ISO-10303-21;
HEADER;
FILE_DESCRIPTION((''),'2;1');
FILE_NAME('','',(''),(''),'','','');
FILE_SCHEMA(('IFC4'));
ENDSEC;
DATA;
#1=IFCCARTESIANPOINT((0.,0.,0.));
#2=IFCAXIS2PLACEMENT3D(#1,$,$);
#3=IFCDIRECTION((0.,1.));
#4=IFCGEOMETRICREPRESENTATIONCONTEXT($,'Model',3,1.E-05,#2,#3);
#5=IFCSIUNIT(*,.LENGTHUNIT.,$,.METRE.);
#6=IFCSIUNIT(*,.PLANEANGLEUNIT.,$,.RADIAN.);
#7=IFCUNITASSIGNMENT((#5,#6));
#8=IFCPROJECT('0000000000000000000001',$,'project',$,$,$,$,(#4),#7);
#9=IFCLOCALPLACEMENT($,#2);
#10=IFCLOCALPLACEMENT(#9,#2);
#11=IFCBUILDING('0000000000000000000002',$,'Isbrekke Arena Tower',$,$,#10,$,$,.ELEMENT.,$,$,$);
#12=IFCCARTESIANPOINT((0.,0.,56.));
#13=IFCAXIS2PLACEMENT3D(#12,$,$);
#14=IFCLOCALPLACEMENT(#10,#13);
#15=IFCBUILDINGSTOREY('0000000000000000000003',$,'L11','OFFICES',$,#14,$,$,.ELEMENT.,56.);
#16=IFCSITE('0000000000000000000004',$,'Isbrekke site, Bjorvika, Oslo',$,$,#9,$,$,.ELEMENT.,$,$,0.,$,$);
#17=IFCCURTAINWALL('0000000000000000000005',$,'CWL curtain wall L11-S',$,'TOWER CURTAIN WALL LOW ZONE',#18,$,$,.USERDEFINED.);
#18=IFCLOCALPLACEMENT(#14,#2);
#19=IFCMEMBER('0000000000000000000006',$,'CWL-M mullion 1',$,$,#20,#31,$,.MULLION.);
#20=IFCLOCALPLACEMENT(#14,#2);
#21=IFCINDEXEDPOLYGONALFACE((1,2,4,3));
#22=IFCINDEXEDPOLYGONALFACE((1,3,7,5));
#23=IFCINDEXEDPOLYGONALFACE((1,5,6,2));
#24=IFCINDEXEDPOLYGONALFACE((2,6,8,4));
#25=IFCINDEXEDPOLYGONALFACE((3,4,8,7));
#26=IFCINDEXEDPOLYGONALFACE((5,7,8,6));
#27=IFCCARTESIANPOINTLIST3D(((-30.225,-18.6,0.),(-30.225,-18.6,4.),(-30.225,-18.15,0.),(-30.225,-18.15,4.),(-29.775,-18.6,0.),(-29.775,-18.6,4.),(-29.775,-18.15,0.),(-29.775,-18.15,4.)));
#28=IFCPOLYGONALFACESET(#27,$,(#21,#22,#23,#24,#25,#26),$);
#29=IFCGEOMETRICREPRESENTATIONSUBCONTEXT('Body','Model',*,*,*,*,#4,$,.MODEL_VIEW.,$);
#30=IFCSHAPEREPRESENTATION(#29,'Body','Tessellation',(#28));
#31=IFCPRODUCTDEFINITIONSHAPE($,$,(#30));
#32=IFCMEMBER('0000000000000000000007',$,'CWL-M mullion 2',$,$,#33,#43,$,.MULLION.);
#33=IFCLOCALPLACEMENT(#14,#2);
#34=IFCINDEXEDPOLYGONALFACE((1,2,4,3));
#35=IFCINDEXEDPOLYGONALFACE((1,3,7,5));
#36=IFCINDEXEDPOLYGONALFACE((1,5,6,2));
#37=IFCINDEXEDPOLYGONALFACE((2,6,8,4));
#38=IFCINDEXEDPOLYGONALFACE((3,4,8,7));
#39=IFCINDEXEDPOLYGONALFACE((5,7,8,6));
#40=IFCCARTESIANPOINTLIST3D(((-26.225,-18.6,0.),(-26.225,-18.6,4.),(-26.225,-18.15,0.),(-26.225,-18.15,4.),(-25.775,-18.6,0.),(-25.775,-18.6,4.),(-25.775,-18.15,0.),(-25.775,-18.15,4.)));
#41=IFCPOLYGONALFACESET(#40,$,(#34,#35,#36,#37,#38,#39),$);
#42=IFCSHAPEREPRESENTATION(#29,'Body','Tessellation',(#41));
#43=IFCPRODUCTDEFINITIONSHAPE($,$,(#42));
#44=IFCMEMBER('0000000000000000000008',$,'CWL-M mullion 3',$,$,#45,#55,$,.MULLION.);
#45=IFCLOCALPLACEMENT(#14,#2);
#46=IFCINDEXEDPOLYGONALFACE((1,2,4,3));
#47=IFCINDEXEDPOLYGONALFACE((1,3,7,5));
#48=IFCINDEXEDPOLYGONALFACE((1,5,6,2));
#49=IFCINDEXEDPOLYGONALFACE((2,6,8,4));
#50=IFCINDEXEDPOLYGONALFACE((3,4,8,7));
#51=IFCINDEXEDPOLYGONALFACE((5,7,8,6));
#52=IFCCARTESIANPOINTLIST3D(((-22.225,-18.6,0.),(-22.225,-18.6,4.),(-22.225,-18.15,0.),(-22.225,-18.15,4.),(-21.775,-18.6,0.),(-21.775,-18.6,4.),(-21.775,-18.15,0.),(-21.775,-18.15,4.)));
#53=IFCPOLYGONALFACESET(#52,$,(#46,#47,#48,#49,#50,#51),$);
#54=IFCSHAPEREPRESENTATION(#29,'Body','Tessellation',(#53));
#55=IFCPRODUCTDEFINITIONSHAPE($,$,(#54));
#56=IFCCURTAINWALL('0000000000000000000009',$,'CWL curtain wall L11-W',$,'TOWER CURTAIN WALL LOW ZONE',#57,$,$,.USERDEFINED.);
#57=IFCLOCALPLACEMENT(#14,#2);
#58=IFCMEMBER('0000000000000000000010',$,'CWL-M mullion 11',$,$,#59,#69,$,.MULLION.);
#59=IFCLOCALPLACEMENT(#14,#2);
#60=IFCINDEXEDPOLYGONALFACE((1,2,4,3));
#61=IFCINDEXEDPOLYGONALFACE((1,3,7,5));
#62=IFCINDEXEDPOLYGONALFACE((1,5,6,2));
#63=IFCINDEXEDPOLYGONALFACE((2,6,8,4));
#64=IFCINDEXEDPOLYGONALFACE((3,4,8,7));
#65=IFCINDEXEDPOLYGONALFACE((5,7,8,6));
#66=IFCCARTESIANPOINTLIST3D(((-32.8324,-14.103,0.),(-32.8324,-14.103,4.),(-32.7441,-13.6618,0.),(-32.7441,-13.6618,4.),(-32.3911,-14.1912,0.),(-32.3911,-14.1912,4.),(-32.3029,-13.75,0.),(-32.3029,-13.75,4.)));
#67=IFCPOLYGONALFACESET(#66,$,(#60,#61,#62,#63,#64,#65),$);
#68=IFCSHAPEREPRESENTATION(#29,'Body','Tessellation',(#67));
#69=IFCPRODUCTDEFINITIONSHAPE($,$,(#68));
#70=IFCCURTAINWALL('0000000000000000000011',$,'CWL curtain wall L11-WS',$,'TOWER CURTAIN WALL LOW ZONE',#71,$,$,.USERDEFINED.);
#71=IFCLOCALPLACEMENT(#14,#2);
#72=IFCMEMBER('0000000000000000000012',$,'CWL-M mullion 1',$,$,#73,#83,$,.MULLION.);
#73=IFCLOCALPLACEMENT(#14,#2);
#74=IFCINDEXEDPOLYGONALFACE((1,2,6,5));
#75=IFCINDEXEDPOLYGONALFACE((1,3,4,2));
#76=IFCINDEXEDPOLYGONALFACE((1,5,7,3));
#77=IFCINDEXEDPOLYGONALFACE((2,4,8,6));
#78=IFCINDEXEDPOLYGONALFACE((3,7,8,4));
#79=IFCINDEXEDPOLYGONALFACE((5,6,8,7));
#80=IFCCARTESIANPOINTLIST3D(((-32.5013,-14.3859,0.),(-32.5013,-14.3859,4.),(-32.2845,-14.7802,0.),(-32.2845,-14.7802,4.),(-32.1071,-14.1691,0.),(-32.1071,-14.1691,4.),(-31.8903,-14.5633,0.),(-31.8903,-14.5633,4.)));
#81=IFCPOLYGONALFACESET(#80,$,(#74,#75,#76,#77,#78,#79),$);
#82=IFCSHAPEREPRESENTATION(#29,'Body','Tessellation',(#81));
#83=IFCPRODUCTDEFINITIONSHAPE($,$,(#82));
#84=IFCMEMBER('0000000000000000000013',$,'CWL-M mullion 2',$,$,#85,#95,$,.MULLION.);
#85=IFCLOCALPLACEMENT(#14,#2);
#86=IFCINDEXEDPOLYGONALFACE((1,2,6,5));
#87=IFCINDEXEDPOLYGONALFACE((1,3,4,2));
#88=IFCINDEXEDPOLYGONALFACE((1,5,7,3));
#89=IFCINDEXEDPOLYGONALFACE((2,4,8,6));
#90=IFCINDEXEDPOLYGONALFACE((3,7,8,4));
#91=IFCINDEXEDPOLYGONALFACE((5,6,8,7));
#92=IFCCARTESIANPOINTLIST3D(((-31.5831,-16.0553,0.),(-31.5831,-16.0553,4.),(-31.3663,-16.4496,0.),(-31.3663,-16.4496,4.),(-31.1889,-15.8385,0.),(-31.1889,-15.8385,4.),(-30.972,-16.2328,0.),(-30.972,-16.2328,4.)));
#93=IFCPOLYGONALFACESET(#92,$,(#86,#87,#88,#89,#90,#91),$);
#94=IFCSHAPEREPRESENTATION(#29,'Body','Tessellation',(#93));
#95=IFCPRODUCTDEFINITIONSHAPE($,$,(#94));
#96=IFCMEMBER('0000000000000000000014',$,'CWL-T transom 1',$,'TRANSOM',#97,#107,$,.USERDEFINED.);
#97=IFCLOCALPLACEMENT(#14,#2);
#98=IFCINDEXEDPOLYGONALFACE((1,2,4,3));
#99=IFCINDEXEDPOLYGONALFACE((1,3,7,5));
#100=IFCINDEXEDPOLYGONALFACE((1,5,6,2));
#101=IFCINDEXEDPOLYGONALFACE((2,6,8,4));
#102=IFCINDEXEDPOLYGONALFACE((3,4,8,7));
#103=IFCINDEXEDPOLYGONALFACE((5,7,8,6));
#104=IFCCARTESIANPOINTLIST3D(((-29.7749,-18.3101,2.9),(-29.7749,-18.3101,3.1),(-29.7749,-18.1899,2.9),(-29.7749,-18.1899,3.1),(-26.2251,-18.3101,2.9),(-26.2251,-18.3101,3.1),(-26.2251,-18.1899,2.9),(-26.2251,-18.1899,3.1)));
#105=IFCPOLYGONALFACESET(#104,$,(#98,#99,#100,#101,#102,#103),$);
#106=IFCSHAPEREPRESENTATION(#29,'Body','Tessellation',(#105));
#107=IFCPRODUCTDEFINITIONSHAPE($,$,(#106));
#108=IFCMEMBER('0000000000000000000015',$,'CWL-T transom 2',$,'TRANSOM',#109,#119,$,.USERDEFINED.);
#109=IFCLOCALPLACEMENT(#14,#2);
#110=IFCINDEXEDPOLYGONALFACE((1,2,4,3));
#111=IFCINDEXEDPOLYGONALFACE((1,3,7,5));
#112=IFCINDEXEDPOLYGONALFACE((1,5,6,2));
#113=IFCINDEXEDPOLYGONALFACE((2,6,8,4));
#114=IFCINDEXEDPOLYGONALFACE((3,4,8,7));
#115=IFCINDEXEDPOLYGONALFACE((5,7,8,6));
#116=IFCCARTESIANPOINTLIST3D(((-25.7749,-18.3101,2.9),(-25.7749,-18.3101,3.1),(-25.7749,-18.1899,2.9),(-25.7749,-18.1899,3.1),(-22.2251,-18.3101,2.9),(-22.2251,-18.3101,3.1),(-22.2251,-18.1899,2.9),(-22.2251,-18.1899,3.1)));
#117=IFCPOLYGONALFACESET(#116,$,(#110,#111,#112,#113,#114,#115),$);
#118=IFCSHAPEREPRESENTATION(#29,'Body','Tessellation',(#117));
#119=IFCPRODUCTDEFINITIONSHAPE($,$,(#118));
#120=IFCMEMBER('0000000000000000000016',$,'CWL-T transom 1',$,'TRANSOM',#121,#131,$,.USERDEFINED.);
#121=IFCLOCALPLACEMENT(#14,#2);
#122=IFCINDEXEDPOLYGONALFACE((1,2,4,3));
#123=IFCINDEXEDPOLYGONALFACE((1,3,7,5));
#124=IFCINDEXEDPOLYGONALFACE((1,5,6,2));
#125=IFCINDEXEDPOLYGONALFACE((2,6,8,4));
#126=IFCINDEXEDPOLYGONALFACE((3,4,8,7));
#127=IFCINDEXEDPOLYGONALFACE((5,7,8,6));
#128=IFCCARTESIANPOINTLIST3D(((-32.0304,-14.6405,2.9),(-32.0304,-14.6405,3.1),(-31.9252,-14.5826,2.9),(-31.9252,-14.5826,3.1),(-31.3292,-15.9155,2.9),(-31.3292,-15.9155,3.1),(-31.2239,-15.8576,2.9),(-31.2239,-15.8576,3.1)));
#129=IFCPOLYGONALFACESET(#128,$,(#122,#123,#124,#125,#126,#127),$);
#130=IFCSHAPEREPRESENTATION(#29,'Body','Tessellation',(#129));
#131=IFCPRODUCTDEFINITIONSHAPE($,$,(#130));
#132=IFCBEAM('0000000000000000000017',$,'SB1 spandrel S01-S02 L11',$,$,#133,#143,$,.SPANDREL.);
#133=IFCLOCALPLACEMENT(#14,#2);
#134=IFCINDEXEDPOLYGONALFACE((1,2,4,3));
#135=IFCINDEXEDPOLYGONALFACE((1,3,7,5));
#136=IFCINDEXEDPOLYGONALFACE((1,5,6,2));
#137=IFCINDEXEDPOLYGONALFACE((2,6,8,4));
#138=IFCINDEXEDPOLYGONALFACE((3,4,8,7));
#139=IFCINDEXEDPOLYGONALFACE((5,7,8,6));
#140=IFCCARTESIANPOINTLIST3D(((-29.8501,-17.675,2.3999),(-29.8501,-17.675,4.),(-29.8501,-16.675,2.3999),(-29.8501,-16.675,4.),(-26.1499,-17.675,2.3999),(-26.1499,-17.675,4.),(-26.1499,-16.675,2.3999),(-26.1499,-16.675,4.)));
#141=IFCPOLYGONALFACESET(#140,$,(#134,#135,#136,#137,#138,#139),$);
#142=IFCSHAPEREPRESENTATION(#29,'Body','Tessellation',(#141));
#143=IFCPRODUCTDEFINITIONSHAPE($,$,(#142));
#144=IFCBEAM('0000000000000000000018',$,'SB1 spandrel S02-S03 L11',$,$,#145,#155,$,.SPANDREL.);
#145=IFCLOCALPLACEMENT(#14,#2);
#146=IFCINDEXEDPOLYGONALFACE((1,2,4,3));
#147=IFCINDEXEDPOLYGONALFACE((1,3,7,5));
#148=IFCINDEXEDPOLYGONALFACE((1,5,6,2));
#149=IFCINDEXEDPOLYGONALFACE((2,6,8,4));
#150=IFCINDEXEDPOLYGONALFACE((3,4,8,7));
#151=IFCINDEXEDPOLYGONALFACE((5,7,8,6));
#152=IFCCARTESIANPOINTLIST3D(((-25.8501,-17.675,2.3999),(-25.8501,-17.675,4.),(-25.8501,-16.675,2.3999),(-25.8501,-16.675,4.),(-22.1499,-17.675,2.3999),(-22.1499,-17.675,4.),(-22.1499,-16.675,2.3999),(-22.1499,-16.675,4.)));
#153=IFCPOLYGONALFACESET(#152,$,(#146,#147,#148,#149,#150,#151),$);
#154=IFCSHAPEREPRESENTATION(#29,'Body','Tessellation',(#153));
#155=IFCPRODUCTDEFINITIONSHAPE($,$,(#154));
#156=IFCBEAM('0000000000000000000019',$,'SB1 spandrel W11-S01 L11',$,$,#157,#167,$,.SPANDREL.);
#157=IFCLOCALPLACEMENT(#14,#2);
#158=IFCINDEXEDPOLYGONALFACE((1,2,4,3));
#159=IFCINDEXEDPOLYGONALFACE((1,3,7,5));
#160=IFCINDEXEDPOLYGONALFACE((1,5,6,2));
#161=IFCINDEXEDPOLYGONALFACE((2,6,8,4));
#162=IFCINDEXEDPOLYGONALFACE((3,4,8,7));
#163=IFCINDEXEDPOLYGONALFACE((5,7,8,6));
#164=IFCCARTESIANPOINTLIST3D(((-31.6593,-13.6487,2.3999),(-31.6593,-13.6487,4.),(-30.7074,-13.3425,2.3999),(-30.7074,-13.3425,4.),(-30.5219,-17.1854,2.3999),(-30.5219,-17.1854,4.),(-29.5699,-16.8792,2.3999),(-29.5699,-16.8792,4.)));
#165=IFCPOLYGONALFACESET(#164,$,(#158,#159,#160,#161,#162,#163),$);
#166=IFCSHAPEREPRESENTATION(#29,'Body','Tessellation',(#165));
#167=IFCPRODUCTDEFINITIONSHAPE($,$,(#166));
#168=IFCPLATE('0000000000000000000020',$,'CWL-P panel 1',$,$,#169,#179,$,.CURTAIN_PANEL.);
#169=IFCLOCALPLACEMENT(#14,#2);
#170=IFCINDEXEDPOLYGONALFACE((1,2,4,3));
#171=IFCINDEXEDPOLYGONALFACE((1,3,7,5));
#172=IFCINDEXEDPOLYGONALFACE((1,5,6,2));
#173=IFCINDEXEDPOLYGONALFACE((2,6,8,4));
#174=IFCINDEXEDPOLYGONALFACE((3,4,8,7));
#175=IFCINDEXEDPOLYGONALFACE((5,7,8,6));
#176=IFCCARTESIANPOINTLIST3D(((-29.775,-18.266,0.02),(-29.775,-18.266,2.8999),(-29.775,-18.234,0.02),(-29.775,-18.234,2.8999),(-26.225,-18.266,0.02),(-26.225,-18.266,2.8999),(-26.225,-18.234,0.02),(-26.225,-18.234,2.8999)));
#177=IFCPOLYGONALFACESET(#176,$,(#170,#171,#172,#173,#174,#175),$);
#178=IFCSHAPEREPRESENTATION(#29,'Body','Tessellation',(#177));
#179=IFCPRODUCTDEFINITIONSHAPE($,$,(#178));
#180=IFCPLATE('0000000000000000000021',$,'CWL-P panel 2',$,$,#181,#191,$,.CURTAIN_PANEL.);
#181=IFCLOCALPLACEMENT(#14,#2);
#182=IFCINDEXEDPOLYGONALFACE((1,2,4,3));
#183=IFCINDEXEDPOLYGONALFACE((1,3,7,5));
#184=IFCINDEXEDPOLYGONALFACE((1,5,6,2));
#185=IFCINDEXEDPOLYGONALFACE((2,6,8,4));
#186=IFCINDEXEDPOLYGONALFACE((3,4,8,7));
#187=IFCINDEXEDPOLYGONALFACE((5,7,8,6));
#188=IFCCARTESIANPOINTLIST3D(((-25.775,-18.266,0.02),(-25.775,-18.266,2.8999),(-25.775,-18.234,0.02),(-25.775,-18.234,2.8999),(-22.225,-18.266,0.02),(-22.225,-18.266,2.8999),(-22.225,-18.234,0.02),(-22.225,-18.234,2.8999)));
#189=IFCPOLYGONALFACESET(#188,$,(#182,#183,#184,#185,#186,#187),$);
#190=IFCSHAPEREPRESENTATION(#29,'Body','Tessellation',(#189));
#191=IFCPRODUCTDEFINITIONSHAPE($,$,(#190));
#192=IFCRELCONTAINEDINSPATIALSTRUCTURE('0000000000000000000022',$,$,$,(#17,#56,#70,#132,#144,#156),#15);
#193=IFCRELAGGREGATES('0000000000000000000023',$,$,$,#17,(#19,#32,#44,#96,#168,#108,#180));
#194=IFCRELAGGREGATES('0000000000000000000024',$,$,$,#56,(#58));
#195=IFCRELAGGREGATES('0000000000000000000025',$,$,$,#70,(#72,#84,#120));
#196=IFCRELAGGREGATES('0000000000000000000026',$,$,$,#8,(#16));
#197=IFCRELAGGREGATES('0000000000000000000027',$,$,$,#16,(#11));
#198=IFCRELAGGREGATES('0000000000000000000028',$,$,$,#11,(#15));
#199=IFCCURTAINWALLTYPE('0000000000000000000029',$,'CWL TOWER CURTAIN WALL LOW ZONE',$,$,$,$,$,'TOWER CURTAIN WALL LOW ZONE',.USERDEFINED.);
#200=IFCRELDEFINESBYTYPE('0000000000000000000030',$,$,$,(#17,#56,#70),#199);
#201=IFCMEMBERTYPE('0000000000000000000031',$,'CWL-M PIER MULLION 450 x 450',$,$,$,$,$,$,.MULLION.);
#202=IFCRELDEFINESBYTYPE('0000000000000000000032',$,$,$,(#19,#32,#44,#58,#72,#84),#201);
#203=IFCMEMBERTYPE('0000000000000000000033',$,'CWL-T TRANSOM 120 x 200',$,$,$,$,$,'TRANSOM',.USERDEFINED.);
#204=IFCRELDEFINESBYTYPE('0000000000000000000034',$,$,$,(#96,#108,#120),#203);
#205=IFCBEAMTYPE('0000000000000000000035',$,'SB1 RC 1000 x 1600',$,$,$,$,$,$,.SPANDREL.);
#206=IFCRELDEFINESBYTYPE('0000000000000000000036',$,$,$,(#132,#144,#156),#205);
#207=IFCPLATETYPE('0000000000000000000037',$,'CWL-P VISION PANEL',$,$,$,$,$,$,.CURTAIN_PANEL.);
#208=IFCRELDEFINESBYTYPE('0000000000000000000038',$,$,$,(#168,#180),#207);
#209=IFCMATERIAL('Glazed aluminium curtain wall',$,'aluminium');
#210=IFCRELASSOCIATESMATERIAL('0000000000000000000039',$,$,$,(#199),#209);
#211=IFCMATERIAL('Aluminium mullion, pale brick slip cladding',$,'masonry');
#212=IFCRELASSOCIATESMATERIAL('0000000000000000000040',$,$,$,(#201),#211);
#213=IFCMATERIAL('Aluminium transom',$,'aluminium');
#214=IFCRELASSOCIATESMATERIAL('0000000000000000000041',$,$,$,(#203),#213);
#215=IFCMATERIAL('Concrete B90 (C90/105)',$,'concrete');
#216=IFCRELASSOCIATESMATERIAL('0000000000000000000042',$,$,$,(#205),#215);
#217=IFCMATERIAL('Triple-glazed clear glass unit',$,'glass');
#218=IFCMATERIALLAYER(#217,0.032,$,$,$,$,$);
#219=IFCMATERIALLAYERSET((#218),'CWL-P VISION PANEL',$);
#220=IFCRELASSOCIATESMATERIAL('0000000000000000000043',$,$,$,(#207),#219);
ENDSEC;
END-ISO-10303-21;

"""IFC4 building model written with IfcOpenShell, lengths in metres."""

from ifc_helpers import new_model, si_unit, direction, frame, origin, origin_2d, place, context, subcontext, project, spatial, rectangle, extrude, material, layer, layer_set, material_profile, profile_set, type_object, element, aggregate, save


model = new_model("IFC4")

# Units and contexts
model_context = context("Model", 3, precision=1e-05, world=origin(), true_north=direction((0.0, 1.0)))
body_context = subcontext(model_context, "Body", "Model", "MODEL_VIEW")
ifc_project = project(units=[si_unit("LENGTHUNIT", "METRE"), si_unit("PLANEANGLEUNIT", "RADIAN")], contexts=[model_context])

# Site, building, storey
site_placement = place(None, origin())
site = spatial("IfcSite", under=ifc_project, at=site_placement, Name="Isbrekke site, Bjorvika, Oslo", CompositionType="ELEMENT", RefElevation=0.0)
building_placement = place(site_placement, origin())
building = spatial("IfcBuilding", under=site, at=building_placement, Name="Isbrekke Arena Tower", CompositionType="ELEMENT")
storey_placement = place(building_placement, frame((0.0, 0.0, 56.0)))
storey = spatial("IfcBuildingStorey", under=building, at=storey_placement, Name="L11", Description="OFFICES", CompositionType="ELEMENT", Elevation=56.0)

# Curtain wall, members
ifc_material_1 = material(Name="Glazed aluminium curtain wall", Category="aluminium")
curtain_wall_type = type_object("IfcCurtainWallType", Name="CWL TOWER CURTAIN WALL LOW ZONE", ElementType="TOWER CURTAIN WALL LOW ZONE", PredefinedType="USERDEFINED", material=ifc_material_1)
curtain_wall_1_placement = place(storey_placement, origin())
curtain_wall_1 = element("IfcCurtainWall", 1, at=curtain_wall_1_placement, inside=storey, type_object=curtain_wall_type, Name="CWL curtain wall L11-S", ObjectType="TOWER CURTAIN WALL LOW ZONE", PredefinedType="USERDEFINED")
ifc_material_2 = material(Name="Aluminium mullion, pale brick slip cladding", Category="masonry")
ifc_material_profile_1 = material_profile(ifc_material_2, rectangle(XDim=0.45, YDim=0.45, at=origin_2d()), Name="PIER 450X450")
ifc_profile_set_1 = profile_set([ifc_material_profile_1], Name="Aluminium mullion, pale brick slip cladding")
member_type_1 = type_object("IfcMemberType", Name="CWL-M PIER MULLION 450 x 450", PredefinedType="MULLION", material=ifc_profile_set_1)
member_1_placement = place(storey_placement, frame((-30.0, -18.375, 0.0), z_axis=(0.0, 0.0, 1.0), x_axis=(1.0, 0.0, 0.0)))
member_1 = element("IfcMember", 2, at=member_1_placement, type_object=member_type_1, Name="CWL-M mullion 1", PredefinedType="MULLION", context=body_context, shape_type="SweptSolid", body=[
    extrude(rectangle(XDim=0.45, YDim=0.45, at=origin_2d()), origin(), (0.0, 0.0, 1.0), 4.0),
])
member_2_placement = place(storey_placement, frame((-26.0, -18.375, 0.0), z_axis=(0.0, 0.0, 1.0), x_axis=(1.0, 0.0, 0.0)))
member_2 = element("IfcMember", 3, at=member_2_placement, type_object=member_type_1, Name="CWL-M mullion 2", PredefinedType="MULLION", context=body_context, shape_type="SweptSolid", body=[
    extrude(rectangle(XDim=0.45, YDim=0.45, at=origin_2d()), origin(), (0.0, 0.0, 1.0), 4.0),
])
member_3_placement = place(storey_placement, frame((-22.0, -18.375, 0.0), z_axis=(0.0, 0.0, 1.0), x_axis=(1.0, 0.0, 0.0)))
member_3 = element("IfcMember", 4, at=member_3_placement, type_object=member_type_1, Name="CWL-M mullion 3", PredefinedType="MULLION", context=body_context, shape_type="SweptSolid", body=[
    extrude(rectangle(XDim=0.45, YDim=0.45, at=origin_2d()), origin(), (0.0, 0.0, 1.0), 4.0),
])

# Curtain wall, member
curtain_wall_2_placement = place(storey_placement, origin())
curtain_wall_2 = element("IfcCurtainWall", 5, at=curtain_wall_2_placement, inside=storey, type_object=curtain_wall_type, Name="CWL curtain wall L11-W", ObjectType="TOWER CURTAIN WALL LOW ZONE", PredefinedType="USERDEFINED")
member_4_placement = place(storey_placement, frame((-32.5676, -13.9265, 0.0), z_axis=(0.0, 0.0, 1.0), x_axis=(-0.196116, -0.980581, 0.0)))
member_4 = element("IfcMember", 6, at=member_4_placement, type_object=member_type_1, Name="CWL-M mullion 11", PredefinedType="MULLION", context=body_context, shape_type="SweptSolid", body=[
    extrude(rectangle(XDim=0.45, YDim=0.45, at=origin_2d()), origin(), (0.0, 0.0, 1.0), 4.0),
])

# Curtain wall, members
curtain_wall_3_placement = place(storey_placement, origin())
curtain_wall_3 = element("IfcCurtainWall", 7, at=curtain_wall_3_placement, inside=storey, type_object=curtain_wall_type, Name="CWL curtain wall L11-WS", ObjectType="TOWER CURTAIN WALL LOW ZONE", PredefinedType="USERDEFINED")
member_5_placement = place(storey_placement, frame((-32.1958, -14.4746, 0.0), z_axis=(0.0, 0.0, 1.0), x_axis=(0.481919, -0.876216, 0.0)))
member_5 = element("IfcMember", 8, at=member_5_placement, type_object=member_type_1, Name="CWL-M mullion 1", PredefinedType="MULLION", context=body_context, shape_type="SweptSolid", body=[
    extrude(rectangle(XDim=0.45, YDim=0.45, at=origin_2d()), origin(), (0.0, 0.0, 1.0), 4.0),
])
member_6_placement = place(storey_placement, frame((-31.2776, -16.144, 0.0), z_axis=(0.0, 0.0, 1.0), x_axis=(0.481919, -0.876216, 0.0)))
member_6 = element("IfcMember", 9, at=member_6_placement, type_object=member_type_1, Name="CWL-M mullion 2", PredefinedType="MULLION", context=body_context, shape_type="SweptSolid", body=[
    extrude(rectangle(XDim=0.45, YDim=0.45, at=origin_2d()), origin(), (0.0, 0.0, 1.0), 4.0),
])

# Members
ifc_material_3 = material(Name="Aluminium transom", Category="aluminium")
ifc_material_profile_2 = material_profile(ifc_material_3, rectangle(XDim=0.1201, YDim=0.2, at=origin_2d()), Name="TRANSOM 120X200")
ifc_profile_set_2 = profile_set([ifc_material_profile_2], Name="Aluminium transom")
member_type_2 = type_object("IfcMemberType", Name="CWL-T TRANSOM 120 x 200", ElementType="TRANSOM", PredefinedType="USERDEFINED", material=ifc_profile_set_2)
member_7_placement = place(storey_placement, frame((-29.7749, -18.25, 3.0), z_axis=(1.0, 0.0, 0.0), x_axis=(0.0, 1.0, 0.0)))
member_7 = element("IfcMember", 10, at=member_7_placement, type_object=member_type_2, Name="CWL-T transom 1", ObjectType="TRANSOM", PredefinedType="USERDEFINED", context=body_context, shape_type="SweptSolid", body=[
    extrude(rectangle(XDim=0.1201, YDim=0.2, at=origin_2d()), origin(), (0.0, 0.0, 1.0), 3.5498),
])
member_8_placement = place(storey_placement, frame((-25.7749, -18.25, 3.0), z_axis=(1.0, 0.0, 0.0), x_axis=(0.0, 1.0, 0.0)))
member_8 = element("IfcMember", 11, at=member_8_placement, type_object=member_type_2, Name="CWL-T transom 2", ObjectType="TRANSOM", PredefinedType="USERDEFINED", context=body_context, shape_type="SweptSolid", body=[
    extrude(rectangle(XDim=0.1201, YDim=0.2, at=origin_2d()), origin(), (0.0, 0.0, 1.0), 3.5498),
])
member_9_placement = place(storey_placement, frame((-31.9778, -14.6116, 3.0), z_axis=(0.481906, -0.876223, 0.0), x_axis=(0.876223, 0.481906, 0.0)))
member_9 = element("IfcMember", 12, at=member_9_placement, type_object=member_type_2, Name="CWL-T transom 1", ObjectType="TRANSOM", PredefinedType="USERDEFINED", context=body_context, shape_type="SweptSolid", body=[
    extrude(rectangle(XDim=0.1201, YDim=0.2, at=origin_2d()), origin(), (0.0, 0.0, 1.0), 1.4551),
])

# Beams
ifc_material_4 = material(Name="Concrete B90 (C90/105)", Category="concrete")
ifc_material_profile_3 = material_profile(ifc_material_4, rectangle(XDim=1.0, YDim=1.6001, at=origin_2d()), Name="RC 1000x1600")
ifc_profile_set_3 = profile_set([ifc_material_profile_3], Name="Concrete B90 (C90/105)")
beam_type_1 = type_object("IfcBeamType", Name="SB1 RC 1000 x 1600", PredefinedType="SPANDREL", material=ifc_profile_set_3)
for number, where, z_axis, x_axis, name in (
    (13, (-29.8501, -17.175, 3.2), (1.0, 0.0, 0.0), (0.0, 1.0, 0.0), "SB1 spandrel S01-S02 L11"),
    (14, (-25.8501, -17.175, 3.2), (1.0, 0.0, 0.0), (0.0, 1.0, 0.0), "SB1 spandrel S02-S03 L11"),
):
    element("IfcBeam", number, at=place(storey_placement, frame(where, z_axis=z_axis, x_axis=x_axis)), inside=storey, type_object=beam_type_1, Name=name, PredefinedType="SPANDREL", context=body_context, shape_type="SweptSolid", body=[
        extrude(rectangle(XDim=1.0, YDim=1.6001, at=origin_2d()), origin(), (0.0, 0.0, 1.0), 3.7002),
    ])
beam_1_placement = place(storey_placement, frame((-31.1833, -13.4956, 3.2), z_axis=(0.306175, -0.951975, 0.0), x_axis=(0.951975, 0.306175, 0.0)))
element("IfcBeam", 15, at=beam_1_placement, inside=storey, type_object=beam_type_1, Name="SB1 spandrel W11-S01 L11", PredefinedType="SPANDREL", context=body_context, shape_type="SweptSolid", body=[
    extrude(rectangle(XDim=1.0, YDim=1.6001, at=origin_2d()), origin(), (0.0, 0.0, 1.0), 3.7151),
])

# Plates
ifc_material_5 = material(Name="Triple-glazed clear glass unit", Category="glass")
ifc_layer_1 = layer(ifc_material_5, 0.032)
ifc_layer_set_1 = layer_set([ifc_layer_1], Name="CWL-P VISION PANEL")
plate_type = type_object("IfcPlateType", Name="CWL-P VISION PANEL", PredefinedType="CURTAIN_PANEL", material=ifc_layer_set_1)
plate_1_placement = place(storey_placement, frame((-28.0, -18.25, 0.02), z_axis=(0.0, 0.0, 1.0), x_axis=(1.0, 0.0, 0.0)))
plate_1 = element("IfcPlate", 16, at=plate_1_placement, type_object=plate_type, Name="CWL-P panel 1", PredefinedType="CURTAIN_PANEL", context=body_context, shape_type="SweptSolid", body=[
    extrude(rectangle(XDim=3.55, YDim=0.032, at=origin_2d()), origin(), (0.0, 0.0, 1.0), 2.8799),
])
plate_2_placement = place(storey_placement, frame((-24.0, -18.25, 0.02), z_axis=(0.0, 0.0, 1.0), x_axis=(1.0, 0.0, 0.0)))
plate_2 = element("IfcPlate", 17, at=plate_2_placement, type_object=plate_type, Name="CWL-P panel 2", PredefinedType="CURTAIN_PANEL", context=body_context, shape_type="SweptSolid", body=[
    extrude(rectangle(XDim=3.55, YDim=0.032, at=origin_2d()), origin(), (0.0, 0.0, 1.0), 2.8799),
])
aggregate(curtain_wall_1, [member_1, member_2, member_3, member_7, plate_1, member_8, plate_2])
aggregate(curtain_wall_2, [member_4])
aggregate(curtain_wall_3, [member_5, member_6, member_9])

save(model, "model.ifc")
